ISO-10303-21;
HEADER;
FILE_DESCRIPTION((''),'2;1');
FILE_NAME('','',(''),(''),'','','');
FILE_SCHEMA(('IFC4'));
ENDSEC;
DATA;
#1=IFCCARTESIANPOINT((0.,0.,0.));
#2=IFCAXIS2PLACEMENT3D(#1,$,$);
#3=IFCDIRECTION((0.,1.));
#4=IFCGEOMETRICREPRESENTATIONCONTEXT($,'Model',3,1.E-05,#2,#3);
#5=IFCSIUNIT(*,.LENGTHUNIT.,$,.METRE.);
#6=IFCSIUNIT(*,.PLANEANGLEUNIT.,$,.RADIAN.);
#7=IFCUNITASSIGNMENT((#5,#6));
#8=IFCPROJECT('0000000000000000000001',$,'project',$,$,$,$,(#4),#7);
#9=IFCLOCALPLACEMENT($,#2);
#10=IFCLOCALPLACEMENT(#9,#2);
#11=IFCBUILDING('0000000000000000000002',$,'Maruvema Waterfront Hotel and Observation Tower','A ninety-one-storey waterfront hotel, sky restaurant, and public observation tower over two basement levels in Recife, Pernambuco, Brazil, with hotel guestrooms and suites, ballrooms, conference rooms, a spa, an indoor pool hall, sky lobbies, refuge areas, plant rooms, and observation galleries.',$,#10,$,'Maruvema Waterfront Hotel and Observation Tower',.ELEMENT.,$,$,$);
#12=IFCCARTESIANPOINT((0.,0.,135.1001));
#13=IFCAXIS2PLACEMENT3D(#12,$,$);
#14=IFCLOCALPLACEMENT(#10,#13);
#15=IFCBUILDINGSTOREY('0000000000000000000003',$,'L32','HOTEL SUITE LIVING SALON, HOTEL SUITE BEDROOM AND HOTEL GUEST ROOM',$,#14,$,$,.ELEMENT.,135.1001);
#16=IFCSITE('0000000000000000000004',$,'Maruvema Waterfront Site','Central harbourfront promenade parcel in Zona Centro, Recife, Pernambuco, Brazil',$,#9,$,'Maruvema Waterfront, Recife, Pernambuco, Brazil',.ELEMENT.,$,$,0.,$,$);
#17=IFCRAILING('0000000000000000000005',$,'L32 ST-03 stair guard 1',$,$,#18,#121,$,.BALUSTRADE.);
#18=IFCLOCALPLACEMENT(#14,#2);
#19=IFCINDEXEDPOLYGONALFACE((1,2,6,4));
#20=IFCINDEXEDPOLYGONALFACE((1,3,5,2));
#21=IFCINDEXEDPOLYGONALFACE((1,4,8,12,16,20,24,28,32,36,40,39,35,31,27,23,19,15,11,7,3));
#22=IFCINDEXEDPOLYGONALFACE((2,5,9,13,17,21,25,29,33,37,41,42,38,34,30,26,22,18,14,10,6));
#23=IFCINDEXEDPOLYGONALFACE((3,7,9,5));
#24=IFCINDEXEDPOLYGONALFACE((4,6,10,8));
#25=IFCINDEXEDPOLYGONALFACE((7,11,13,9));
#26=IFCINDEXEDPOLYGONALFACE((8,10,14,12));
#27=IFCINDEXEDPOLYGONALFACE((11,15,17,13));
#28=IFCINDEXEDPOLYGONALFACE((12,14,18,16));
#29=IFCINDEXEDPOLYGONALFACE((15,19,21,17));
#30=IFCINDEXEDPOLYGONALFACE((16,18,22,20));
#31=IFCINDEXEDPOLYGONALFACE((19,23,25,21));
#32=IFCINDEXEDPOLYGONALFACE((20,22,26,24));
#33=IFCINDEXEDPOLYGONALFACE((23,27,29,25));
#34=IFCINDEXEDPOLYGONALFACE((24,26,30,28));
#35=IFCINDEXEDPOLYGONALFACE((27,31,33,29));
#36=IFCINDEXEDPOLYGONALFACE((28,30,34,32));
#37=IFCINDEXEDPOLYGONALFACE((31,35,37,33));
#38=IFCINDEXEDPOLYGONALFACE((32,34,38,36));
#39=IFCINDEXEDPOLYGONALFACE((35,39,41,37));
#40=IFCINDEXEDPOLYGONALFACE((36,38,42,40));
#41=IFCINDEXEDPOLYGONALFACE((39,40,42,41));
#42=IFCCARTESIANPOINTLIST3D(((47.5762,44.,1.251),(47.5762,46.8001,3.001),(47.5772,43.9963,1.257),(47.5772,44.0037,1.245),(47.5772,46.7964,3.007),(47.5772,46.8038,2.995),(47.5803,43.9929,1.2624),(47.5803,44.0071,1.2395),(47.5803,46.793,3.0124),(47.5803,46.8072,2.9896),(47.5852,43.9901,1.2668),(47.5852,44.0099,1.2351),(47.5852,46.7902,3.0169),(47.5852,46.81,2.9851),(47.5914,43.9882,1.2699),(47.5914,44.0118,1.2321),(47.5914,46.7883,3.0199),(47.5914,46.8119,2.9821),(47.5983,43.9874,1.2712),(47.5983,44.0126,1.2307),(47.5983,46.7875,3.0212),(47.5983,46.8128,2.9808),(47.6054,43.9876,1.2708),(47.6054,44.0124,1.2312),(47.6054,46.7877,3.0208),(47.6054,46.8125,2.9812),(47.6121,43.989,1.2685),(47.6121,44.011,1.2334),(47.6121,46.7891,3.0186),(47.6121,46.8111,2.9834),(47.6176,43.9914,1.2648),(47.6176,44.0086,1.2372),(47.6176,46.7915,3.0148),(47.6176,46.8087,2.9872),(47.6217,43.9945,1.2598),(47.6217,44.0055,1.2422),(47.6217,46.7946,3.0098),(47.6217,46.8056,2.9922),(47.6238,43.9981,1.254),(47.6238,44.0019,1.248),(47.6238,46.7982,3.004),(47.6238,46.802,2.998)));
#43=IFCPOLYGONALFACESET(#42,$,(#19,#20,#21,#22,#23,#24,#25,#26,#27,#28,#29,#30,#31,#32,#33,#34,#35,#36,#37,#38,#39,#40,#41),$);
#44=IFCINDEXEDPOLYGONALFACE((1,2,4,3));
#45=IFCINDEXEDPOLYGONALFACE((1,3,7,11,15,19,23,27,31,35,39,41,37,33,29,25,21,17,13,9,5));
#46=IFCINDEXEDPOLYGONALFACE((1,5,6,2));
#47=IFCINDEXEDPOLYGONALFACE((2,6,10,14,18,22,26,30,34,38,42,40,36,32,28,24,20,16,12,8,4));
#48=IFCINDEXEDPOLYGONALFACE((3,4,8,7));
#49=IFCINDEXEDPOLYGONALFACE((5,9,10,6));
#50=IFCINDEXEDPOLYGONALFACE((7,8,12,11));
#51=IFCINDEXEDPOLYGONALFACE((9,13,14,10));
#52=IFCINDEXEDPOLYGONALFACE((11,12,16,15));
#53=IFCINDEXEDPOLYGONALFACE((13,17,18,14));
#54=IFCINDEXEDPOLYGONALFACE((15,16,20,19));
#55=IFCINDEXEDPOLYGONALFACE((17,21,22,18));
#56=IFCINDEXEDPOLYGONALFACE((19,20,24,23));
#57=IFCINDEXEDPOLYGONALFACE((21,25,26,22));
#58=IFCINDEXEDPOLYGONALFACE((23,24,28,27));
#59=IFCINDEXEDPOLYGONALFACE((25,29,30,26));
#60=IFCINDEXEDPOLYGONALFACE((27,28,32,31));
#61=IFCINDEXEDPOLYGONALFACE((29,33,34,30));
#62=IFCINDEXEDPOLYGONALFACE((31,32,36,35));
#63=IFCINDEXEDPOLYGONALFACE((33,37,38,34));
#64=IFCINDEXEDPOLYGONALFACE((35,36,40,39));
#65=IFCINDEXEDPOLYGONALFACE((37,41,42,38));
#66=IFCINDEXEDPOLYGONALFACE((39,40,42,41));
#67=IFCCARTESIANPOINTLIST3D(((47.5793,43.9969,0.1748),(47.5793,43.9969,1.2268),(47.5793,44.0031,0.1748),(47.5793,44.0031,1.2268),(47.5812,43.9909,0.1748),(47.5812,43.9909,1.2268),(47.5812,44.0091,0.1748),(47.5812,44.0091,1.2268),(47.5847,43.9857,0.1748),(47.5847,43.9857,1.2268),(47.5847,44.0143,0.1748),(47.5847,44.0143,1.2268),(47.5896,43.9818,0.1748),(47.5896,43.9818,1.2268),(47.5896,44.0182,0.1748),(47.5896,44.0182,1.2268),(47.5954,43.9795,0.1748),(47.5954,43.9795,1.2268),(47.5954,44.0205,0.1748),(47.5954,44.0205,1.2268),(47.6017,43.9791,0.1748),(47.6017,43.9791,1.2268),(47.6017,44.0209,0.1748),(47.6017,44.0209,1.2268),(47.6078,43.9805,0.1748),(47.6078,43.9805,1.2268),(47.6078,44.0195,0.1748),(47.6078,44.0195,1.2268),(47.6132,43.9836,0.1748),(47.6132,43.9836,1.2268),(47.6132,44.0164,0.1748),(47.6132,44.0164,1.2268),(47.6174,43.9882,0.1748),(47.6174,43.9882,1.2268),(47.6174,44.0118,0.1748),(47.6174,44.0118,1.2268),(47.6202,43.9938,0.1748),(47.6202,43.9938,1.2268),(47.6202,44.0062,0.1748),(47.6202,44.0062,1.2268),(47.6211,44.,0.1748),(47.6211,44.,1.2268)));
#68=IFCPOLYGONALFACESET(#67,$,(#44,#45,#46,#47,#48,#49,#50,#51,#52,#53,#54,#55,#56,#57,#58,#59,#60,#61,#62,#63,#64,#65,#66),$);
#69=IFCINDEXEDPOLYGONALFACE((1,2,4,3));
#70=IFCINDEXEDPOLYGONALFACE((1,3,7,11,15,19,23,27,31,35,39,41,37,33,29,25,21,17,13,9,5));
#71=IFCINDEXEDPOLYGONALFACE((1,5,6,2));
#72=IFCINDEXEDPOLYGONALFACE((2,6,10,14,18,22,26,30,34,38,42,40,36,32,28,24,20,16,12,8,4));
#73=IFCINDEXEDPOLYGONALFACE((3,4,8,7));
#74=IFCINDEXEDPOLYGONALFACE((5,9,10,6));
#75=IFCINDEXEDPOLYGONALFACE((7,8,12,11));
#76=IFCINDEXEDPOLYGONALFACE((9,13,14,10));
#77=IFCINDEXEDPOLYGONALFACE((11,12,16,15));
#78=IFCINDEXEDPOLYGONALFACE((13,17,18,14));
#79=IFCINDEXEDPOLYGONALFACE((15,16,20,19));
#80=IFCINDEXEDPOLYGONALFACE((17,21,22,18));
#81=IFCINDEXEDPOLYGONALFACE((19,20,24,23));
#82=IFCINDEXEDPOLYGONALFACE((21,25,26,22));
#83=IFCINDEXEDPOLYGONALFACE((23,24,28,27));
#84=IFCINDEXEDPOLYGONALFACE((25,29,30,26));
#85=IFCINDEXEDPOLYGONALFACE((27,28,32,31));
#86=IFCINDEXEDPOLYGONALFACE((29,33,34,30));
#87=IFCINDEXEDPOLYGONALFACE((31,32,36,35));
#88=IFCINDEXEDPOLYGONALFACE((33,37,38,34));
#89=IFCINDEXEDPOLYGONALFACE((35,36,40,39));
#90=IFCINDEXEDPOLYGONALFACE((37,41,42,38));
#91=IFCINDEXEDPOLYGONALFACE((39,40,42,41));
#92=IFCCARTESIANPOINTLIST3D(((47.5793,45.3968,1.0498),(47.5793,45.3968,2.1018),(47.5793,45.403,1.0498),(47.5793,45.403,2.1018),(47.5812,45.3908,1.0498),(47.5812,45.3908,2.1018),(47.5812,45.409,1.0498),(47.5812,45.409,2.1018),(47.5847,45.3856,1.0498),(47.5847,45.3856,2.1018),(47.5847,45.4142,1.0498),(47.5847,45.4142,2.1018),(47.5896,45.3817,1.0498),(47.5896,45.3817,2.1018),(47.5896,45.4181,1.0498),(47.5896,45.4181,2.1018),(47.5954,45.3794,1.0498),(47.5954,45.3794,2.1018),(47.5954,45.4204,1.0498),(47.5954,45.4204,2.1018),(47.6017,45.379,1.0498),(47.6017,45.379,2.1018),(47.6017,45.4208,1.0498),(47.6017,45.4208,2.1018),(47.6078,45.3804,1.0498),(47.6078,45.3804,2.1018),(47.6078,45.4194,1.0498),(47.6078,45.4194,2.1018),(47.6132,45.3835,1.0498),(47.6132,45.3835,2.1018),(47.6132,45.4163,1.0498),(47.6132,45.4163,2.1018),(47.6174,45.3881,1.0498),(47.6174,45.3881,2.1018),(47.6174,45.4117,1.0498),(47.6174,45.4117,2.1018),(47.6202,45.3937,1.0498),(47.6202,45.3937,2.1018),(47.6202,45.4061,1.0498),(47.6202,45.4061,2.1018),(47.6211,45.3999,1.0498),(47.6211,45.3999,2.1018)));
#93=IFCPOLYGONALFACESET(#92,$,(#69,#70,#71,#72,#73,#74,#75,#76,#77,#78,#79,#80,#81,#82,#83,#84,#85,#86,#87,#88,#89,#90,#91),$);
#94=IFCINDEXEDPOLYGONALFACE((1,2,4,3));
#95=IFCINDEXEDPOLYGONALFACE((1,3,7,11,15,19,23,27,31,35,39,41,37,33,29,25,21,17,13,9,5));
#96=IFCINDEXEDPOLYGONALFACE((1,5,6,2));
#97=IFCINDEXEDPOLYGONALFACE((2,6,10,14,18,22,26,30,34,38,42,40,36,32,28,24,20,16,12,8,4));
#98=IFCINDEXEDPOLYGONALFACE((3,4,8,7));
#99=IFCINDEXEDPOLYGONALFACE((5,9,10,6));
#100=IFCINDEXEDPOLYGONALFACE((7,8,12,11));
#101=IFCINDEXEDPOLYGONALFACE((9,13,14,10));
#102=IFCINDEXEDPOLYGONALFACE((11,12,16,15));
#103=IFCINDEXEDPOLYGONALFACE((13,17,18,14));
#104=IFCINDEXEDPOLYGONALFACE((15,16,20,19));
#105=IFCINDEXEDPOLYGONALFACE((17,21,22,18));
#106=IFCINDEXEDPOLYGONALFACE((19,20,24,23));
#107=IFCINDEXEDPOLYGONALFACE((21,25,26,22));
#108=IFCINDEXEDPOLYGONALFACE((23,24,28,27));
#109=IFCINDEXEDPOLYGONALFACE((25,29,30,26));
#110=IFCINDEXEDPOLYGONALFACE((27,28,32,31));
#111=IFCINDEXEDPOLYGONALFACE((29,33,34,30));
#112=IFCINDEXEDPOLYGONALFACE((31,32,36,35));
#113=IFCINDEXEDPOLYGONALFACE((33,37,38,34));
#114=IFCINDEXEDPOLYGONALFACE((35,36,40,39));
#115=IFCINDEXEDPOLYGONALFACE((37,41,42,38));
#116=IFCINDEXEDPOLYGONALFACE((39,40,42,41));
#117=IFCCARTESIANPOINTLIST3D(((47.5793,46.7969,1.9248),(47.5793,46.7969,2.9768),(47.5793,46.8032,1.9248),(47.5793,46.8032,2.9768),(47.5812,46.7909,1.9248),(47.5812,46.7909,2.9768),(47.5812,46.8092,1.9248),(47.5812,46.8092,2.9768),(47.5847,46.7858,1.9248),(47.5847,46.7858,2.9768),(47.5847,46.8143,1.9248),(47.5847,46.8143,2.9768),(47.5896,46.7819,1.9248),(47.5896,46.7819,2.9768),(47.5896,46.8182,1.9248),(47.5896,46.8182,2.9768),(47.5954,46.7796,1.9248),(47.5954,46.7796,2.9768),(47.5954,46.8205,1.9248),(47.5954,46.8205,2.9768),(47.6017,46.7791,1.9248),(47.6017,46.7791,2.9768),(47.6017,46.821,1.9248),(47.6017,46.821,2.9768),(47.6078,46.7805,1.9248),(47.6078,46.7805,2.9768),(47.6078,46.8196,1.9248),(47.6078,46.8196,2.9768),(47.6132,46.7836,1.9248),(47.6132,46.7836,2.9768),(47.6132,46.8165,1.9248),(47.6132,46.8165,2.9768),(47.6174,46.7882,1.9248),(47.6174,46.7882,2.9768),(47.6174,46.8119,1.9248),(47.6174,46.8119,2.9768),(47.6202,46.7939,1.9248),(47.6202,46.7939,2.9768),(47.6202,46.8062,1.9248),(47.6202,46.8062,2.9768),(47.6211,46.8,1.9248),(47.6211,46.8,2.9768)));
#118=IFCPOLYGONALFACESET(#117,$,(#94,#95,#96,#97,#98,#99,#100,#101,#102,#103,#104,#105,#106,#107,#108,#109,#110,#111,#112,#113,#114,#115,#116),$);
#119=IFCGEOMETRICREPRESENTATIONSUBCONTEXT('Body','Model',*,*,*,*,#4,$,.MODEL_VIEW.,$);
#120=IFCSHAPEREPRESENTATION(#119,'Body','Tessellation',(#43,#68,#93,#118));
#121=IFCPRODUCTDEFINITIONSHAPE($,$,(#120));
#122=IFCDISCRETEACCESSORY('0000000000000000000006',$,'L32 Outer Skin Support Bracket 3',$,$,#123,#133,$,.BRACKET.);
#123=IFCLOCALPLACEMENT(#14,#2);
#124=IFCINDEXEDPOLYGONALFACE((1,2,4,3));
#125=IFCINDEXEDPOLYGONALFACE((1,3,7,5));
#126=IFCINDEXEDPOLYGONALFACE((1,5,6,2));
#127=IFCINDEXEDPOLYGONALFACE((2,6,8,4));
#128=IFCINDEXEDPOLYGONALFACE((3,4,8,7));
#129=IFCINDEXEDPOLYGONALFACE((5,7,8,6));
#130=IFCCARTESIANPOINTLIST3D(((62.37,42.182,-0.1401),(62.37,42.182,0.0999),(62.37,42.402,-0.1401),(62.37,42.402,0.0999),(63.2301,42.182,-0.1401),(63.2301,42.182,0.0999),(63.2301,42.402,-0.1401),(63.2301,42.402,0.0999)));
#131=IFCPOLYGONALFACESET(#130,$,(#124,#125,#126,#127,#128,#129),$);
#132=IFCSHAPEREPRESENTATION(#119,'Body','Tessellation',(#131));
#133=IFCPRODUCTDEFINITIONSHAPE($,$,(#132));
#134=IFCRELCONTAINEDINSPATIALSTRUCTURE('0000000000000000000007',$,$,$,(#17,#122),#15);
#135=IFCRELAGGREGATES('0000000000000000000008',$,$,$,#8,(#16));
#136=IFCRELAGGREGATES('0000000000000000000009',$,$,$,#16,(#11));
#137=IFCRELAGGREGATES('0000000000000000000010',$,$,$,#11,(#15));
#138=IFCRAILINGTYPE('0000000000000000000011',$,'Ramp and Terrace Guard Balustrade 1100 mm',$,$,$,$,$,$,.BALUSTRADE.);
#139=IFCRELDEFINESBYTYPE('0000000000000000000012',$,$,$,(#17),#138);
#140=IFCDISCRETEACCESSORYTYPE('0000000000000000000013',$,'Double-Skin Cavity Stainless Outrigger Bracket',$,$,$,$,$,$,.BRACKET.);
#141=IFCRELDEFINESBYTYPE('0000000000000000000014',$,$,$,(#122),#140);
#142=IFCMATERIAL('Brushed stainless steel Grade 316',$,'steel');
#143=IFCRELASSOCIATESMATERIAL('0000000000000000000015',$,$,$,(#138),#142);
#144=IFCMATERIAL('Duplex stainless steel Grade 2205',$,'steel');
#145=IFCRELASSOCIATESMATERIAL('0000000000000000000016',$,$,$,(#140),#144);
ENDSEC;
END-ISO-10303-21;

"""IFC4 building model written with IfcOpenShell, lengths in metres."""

from ifc_helpers import new_model, si_unit, direction, frame, origin, origin_2d, place, context, subcontext, project, spatial, rectangle, circle, extrude, material, type_object, element, save


model = new_model("IFC4")

# Units and contexts
model_context = context("Model", 3, precision=1e-05, world=origin(), true_north=direction((0.0, 1.0)))
body_context = subcontext(model_context, "Body", "Model", "MODEL_VIEW")
ifc_project = project(units=[si_unit("LENGTHUNIT", "METRE"), si_unit("PLANEANGLEUNIT", "RADIAN")], contexts=[model_context])

# Site, building, storey
site_placement = place(None, origin())
site = spatial("IfcSite", under=ifc_project, at=site_placement, Name="Maruvema Waterfront Site", Description="Central harbourfront promenade parcel in Zona Centro, Recife, Pernambuco, Brazil", LongName="Maruvema Waterfront, Recife, Pernambuco, Brazil", CompositionType="ELEMENT", RefElevation=0.0)
building_placement = place(site_placement, origin())
building = spatial("IfcBuilding", under=site, at=building_placement, Name="Maruvema Waterfront Hotel and Observation Tower", Description="A ninety-one-storey waterfront hotel, sky restaurant, and public observation tower over two basement levels in Recife, Pernambuco, Brazil, with hotel guestrooms and suites, ballrooms, conference rooms, a spa, an indoor pool hall, sky lobbies, refuge areas, plant rooms, and observation galleries.", LongName="Maruvema Waterfront Hotel and Observation Tower", CompositionType="ELEMENT")
storey_placement = place(building_placement, frame((0.0, 0.0, 135.1001)))
storey = spatial("IfcBuildingStorey", under=building, at=storey_placement, Name="L32", Description="HOTEL SUITE LIVING SALON, HOTEL SUITE BEDROOM AND HOTEL GUEST ROOM", CompositionType="ELEMENT", Elevation=135.1001)

# Railing
ifc_material_1 = material(Name="Brushed stainless steel Grade 316", Category="steel")
railing_type_1 = type_object("IfcRailingType", Name="Ramp and Terrace Guard Balustrade 1100 mm", PredefinedType="BALUSTRADE", material=ifc_material_1)
railing_1_placement = place(storey_placement, frame((47.6001, 44.0, 0.1748)))
element("IfcRailing", 1, at=railing_1_placement, inside=storey, type_object=railing_type_1, Name="L32 ST-03 stair guard 1", PredefinedType="BALUSTRADE", context=body_context, shape_type="SweptSolid", body=[
    extrude(circle(Radius=0.0239, at=origin_2d()), frame((0.0, 0.0, 1.0762), z_axis=(0.0, 0.848002, 0.529992), x_axis=(-1.0, 0.0, 0.0)), (0.0, 0.0, 1.0), 3.302),
    extrude(circle(Radius=0.021, at=origin_2d()), origin(), (0.0, 0.0, 1.0), 1.052),
    extrude(circle(Radius=0.021, at=origin_2d()), frame((0.0, 1.3999, 0.875)), (0.0, 0.0, 1.0), 1.052),
    extrude(circle(Radius=0.021, at=origin_2d()), frame((0.0, 2.8, 1.75)), (0.0, 0.0, 1.0), 1.052),
])

# Discrete accessory
ifc_material_2 = material(Name="Duplex stainless steel Grade 2205", Category="steel")
discrete_accessory_type = type_object("IfcDiscreteAccessoryType", Name="Double-Skin Cavity Stainless Outrigger Bracket", PredefinedType="BRACKET", material=ifc_material_2)
discrete_accessory_placement = place(storey_placement, frame((62.8, 42.292, -0.1401), z_axis=(0.0, 0.0, 1.0), x_axis=(0.0, 1.0, 0.0)))
element("IfcDiscreteAccessory", 2, at=discrete_accessory_placement, inside=storey, type_object=discrete_accessory_type, Name="L32 Outer Skin Support Bracket 3", PredefinedType="BRACKET", context=body_context, shape_type="SweptSolid", body=[
    extrude(rectangle(XDim=0.22, YDim=0.8601, at=origin_2d()), origin(), (0.0, 0.0, 1.0), 0.24),
])

save(model, "model.ifc")
